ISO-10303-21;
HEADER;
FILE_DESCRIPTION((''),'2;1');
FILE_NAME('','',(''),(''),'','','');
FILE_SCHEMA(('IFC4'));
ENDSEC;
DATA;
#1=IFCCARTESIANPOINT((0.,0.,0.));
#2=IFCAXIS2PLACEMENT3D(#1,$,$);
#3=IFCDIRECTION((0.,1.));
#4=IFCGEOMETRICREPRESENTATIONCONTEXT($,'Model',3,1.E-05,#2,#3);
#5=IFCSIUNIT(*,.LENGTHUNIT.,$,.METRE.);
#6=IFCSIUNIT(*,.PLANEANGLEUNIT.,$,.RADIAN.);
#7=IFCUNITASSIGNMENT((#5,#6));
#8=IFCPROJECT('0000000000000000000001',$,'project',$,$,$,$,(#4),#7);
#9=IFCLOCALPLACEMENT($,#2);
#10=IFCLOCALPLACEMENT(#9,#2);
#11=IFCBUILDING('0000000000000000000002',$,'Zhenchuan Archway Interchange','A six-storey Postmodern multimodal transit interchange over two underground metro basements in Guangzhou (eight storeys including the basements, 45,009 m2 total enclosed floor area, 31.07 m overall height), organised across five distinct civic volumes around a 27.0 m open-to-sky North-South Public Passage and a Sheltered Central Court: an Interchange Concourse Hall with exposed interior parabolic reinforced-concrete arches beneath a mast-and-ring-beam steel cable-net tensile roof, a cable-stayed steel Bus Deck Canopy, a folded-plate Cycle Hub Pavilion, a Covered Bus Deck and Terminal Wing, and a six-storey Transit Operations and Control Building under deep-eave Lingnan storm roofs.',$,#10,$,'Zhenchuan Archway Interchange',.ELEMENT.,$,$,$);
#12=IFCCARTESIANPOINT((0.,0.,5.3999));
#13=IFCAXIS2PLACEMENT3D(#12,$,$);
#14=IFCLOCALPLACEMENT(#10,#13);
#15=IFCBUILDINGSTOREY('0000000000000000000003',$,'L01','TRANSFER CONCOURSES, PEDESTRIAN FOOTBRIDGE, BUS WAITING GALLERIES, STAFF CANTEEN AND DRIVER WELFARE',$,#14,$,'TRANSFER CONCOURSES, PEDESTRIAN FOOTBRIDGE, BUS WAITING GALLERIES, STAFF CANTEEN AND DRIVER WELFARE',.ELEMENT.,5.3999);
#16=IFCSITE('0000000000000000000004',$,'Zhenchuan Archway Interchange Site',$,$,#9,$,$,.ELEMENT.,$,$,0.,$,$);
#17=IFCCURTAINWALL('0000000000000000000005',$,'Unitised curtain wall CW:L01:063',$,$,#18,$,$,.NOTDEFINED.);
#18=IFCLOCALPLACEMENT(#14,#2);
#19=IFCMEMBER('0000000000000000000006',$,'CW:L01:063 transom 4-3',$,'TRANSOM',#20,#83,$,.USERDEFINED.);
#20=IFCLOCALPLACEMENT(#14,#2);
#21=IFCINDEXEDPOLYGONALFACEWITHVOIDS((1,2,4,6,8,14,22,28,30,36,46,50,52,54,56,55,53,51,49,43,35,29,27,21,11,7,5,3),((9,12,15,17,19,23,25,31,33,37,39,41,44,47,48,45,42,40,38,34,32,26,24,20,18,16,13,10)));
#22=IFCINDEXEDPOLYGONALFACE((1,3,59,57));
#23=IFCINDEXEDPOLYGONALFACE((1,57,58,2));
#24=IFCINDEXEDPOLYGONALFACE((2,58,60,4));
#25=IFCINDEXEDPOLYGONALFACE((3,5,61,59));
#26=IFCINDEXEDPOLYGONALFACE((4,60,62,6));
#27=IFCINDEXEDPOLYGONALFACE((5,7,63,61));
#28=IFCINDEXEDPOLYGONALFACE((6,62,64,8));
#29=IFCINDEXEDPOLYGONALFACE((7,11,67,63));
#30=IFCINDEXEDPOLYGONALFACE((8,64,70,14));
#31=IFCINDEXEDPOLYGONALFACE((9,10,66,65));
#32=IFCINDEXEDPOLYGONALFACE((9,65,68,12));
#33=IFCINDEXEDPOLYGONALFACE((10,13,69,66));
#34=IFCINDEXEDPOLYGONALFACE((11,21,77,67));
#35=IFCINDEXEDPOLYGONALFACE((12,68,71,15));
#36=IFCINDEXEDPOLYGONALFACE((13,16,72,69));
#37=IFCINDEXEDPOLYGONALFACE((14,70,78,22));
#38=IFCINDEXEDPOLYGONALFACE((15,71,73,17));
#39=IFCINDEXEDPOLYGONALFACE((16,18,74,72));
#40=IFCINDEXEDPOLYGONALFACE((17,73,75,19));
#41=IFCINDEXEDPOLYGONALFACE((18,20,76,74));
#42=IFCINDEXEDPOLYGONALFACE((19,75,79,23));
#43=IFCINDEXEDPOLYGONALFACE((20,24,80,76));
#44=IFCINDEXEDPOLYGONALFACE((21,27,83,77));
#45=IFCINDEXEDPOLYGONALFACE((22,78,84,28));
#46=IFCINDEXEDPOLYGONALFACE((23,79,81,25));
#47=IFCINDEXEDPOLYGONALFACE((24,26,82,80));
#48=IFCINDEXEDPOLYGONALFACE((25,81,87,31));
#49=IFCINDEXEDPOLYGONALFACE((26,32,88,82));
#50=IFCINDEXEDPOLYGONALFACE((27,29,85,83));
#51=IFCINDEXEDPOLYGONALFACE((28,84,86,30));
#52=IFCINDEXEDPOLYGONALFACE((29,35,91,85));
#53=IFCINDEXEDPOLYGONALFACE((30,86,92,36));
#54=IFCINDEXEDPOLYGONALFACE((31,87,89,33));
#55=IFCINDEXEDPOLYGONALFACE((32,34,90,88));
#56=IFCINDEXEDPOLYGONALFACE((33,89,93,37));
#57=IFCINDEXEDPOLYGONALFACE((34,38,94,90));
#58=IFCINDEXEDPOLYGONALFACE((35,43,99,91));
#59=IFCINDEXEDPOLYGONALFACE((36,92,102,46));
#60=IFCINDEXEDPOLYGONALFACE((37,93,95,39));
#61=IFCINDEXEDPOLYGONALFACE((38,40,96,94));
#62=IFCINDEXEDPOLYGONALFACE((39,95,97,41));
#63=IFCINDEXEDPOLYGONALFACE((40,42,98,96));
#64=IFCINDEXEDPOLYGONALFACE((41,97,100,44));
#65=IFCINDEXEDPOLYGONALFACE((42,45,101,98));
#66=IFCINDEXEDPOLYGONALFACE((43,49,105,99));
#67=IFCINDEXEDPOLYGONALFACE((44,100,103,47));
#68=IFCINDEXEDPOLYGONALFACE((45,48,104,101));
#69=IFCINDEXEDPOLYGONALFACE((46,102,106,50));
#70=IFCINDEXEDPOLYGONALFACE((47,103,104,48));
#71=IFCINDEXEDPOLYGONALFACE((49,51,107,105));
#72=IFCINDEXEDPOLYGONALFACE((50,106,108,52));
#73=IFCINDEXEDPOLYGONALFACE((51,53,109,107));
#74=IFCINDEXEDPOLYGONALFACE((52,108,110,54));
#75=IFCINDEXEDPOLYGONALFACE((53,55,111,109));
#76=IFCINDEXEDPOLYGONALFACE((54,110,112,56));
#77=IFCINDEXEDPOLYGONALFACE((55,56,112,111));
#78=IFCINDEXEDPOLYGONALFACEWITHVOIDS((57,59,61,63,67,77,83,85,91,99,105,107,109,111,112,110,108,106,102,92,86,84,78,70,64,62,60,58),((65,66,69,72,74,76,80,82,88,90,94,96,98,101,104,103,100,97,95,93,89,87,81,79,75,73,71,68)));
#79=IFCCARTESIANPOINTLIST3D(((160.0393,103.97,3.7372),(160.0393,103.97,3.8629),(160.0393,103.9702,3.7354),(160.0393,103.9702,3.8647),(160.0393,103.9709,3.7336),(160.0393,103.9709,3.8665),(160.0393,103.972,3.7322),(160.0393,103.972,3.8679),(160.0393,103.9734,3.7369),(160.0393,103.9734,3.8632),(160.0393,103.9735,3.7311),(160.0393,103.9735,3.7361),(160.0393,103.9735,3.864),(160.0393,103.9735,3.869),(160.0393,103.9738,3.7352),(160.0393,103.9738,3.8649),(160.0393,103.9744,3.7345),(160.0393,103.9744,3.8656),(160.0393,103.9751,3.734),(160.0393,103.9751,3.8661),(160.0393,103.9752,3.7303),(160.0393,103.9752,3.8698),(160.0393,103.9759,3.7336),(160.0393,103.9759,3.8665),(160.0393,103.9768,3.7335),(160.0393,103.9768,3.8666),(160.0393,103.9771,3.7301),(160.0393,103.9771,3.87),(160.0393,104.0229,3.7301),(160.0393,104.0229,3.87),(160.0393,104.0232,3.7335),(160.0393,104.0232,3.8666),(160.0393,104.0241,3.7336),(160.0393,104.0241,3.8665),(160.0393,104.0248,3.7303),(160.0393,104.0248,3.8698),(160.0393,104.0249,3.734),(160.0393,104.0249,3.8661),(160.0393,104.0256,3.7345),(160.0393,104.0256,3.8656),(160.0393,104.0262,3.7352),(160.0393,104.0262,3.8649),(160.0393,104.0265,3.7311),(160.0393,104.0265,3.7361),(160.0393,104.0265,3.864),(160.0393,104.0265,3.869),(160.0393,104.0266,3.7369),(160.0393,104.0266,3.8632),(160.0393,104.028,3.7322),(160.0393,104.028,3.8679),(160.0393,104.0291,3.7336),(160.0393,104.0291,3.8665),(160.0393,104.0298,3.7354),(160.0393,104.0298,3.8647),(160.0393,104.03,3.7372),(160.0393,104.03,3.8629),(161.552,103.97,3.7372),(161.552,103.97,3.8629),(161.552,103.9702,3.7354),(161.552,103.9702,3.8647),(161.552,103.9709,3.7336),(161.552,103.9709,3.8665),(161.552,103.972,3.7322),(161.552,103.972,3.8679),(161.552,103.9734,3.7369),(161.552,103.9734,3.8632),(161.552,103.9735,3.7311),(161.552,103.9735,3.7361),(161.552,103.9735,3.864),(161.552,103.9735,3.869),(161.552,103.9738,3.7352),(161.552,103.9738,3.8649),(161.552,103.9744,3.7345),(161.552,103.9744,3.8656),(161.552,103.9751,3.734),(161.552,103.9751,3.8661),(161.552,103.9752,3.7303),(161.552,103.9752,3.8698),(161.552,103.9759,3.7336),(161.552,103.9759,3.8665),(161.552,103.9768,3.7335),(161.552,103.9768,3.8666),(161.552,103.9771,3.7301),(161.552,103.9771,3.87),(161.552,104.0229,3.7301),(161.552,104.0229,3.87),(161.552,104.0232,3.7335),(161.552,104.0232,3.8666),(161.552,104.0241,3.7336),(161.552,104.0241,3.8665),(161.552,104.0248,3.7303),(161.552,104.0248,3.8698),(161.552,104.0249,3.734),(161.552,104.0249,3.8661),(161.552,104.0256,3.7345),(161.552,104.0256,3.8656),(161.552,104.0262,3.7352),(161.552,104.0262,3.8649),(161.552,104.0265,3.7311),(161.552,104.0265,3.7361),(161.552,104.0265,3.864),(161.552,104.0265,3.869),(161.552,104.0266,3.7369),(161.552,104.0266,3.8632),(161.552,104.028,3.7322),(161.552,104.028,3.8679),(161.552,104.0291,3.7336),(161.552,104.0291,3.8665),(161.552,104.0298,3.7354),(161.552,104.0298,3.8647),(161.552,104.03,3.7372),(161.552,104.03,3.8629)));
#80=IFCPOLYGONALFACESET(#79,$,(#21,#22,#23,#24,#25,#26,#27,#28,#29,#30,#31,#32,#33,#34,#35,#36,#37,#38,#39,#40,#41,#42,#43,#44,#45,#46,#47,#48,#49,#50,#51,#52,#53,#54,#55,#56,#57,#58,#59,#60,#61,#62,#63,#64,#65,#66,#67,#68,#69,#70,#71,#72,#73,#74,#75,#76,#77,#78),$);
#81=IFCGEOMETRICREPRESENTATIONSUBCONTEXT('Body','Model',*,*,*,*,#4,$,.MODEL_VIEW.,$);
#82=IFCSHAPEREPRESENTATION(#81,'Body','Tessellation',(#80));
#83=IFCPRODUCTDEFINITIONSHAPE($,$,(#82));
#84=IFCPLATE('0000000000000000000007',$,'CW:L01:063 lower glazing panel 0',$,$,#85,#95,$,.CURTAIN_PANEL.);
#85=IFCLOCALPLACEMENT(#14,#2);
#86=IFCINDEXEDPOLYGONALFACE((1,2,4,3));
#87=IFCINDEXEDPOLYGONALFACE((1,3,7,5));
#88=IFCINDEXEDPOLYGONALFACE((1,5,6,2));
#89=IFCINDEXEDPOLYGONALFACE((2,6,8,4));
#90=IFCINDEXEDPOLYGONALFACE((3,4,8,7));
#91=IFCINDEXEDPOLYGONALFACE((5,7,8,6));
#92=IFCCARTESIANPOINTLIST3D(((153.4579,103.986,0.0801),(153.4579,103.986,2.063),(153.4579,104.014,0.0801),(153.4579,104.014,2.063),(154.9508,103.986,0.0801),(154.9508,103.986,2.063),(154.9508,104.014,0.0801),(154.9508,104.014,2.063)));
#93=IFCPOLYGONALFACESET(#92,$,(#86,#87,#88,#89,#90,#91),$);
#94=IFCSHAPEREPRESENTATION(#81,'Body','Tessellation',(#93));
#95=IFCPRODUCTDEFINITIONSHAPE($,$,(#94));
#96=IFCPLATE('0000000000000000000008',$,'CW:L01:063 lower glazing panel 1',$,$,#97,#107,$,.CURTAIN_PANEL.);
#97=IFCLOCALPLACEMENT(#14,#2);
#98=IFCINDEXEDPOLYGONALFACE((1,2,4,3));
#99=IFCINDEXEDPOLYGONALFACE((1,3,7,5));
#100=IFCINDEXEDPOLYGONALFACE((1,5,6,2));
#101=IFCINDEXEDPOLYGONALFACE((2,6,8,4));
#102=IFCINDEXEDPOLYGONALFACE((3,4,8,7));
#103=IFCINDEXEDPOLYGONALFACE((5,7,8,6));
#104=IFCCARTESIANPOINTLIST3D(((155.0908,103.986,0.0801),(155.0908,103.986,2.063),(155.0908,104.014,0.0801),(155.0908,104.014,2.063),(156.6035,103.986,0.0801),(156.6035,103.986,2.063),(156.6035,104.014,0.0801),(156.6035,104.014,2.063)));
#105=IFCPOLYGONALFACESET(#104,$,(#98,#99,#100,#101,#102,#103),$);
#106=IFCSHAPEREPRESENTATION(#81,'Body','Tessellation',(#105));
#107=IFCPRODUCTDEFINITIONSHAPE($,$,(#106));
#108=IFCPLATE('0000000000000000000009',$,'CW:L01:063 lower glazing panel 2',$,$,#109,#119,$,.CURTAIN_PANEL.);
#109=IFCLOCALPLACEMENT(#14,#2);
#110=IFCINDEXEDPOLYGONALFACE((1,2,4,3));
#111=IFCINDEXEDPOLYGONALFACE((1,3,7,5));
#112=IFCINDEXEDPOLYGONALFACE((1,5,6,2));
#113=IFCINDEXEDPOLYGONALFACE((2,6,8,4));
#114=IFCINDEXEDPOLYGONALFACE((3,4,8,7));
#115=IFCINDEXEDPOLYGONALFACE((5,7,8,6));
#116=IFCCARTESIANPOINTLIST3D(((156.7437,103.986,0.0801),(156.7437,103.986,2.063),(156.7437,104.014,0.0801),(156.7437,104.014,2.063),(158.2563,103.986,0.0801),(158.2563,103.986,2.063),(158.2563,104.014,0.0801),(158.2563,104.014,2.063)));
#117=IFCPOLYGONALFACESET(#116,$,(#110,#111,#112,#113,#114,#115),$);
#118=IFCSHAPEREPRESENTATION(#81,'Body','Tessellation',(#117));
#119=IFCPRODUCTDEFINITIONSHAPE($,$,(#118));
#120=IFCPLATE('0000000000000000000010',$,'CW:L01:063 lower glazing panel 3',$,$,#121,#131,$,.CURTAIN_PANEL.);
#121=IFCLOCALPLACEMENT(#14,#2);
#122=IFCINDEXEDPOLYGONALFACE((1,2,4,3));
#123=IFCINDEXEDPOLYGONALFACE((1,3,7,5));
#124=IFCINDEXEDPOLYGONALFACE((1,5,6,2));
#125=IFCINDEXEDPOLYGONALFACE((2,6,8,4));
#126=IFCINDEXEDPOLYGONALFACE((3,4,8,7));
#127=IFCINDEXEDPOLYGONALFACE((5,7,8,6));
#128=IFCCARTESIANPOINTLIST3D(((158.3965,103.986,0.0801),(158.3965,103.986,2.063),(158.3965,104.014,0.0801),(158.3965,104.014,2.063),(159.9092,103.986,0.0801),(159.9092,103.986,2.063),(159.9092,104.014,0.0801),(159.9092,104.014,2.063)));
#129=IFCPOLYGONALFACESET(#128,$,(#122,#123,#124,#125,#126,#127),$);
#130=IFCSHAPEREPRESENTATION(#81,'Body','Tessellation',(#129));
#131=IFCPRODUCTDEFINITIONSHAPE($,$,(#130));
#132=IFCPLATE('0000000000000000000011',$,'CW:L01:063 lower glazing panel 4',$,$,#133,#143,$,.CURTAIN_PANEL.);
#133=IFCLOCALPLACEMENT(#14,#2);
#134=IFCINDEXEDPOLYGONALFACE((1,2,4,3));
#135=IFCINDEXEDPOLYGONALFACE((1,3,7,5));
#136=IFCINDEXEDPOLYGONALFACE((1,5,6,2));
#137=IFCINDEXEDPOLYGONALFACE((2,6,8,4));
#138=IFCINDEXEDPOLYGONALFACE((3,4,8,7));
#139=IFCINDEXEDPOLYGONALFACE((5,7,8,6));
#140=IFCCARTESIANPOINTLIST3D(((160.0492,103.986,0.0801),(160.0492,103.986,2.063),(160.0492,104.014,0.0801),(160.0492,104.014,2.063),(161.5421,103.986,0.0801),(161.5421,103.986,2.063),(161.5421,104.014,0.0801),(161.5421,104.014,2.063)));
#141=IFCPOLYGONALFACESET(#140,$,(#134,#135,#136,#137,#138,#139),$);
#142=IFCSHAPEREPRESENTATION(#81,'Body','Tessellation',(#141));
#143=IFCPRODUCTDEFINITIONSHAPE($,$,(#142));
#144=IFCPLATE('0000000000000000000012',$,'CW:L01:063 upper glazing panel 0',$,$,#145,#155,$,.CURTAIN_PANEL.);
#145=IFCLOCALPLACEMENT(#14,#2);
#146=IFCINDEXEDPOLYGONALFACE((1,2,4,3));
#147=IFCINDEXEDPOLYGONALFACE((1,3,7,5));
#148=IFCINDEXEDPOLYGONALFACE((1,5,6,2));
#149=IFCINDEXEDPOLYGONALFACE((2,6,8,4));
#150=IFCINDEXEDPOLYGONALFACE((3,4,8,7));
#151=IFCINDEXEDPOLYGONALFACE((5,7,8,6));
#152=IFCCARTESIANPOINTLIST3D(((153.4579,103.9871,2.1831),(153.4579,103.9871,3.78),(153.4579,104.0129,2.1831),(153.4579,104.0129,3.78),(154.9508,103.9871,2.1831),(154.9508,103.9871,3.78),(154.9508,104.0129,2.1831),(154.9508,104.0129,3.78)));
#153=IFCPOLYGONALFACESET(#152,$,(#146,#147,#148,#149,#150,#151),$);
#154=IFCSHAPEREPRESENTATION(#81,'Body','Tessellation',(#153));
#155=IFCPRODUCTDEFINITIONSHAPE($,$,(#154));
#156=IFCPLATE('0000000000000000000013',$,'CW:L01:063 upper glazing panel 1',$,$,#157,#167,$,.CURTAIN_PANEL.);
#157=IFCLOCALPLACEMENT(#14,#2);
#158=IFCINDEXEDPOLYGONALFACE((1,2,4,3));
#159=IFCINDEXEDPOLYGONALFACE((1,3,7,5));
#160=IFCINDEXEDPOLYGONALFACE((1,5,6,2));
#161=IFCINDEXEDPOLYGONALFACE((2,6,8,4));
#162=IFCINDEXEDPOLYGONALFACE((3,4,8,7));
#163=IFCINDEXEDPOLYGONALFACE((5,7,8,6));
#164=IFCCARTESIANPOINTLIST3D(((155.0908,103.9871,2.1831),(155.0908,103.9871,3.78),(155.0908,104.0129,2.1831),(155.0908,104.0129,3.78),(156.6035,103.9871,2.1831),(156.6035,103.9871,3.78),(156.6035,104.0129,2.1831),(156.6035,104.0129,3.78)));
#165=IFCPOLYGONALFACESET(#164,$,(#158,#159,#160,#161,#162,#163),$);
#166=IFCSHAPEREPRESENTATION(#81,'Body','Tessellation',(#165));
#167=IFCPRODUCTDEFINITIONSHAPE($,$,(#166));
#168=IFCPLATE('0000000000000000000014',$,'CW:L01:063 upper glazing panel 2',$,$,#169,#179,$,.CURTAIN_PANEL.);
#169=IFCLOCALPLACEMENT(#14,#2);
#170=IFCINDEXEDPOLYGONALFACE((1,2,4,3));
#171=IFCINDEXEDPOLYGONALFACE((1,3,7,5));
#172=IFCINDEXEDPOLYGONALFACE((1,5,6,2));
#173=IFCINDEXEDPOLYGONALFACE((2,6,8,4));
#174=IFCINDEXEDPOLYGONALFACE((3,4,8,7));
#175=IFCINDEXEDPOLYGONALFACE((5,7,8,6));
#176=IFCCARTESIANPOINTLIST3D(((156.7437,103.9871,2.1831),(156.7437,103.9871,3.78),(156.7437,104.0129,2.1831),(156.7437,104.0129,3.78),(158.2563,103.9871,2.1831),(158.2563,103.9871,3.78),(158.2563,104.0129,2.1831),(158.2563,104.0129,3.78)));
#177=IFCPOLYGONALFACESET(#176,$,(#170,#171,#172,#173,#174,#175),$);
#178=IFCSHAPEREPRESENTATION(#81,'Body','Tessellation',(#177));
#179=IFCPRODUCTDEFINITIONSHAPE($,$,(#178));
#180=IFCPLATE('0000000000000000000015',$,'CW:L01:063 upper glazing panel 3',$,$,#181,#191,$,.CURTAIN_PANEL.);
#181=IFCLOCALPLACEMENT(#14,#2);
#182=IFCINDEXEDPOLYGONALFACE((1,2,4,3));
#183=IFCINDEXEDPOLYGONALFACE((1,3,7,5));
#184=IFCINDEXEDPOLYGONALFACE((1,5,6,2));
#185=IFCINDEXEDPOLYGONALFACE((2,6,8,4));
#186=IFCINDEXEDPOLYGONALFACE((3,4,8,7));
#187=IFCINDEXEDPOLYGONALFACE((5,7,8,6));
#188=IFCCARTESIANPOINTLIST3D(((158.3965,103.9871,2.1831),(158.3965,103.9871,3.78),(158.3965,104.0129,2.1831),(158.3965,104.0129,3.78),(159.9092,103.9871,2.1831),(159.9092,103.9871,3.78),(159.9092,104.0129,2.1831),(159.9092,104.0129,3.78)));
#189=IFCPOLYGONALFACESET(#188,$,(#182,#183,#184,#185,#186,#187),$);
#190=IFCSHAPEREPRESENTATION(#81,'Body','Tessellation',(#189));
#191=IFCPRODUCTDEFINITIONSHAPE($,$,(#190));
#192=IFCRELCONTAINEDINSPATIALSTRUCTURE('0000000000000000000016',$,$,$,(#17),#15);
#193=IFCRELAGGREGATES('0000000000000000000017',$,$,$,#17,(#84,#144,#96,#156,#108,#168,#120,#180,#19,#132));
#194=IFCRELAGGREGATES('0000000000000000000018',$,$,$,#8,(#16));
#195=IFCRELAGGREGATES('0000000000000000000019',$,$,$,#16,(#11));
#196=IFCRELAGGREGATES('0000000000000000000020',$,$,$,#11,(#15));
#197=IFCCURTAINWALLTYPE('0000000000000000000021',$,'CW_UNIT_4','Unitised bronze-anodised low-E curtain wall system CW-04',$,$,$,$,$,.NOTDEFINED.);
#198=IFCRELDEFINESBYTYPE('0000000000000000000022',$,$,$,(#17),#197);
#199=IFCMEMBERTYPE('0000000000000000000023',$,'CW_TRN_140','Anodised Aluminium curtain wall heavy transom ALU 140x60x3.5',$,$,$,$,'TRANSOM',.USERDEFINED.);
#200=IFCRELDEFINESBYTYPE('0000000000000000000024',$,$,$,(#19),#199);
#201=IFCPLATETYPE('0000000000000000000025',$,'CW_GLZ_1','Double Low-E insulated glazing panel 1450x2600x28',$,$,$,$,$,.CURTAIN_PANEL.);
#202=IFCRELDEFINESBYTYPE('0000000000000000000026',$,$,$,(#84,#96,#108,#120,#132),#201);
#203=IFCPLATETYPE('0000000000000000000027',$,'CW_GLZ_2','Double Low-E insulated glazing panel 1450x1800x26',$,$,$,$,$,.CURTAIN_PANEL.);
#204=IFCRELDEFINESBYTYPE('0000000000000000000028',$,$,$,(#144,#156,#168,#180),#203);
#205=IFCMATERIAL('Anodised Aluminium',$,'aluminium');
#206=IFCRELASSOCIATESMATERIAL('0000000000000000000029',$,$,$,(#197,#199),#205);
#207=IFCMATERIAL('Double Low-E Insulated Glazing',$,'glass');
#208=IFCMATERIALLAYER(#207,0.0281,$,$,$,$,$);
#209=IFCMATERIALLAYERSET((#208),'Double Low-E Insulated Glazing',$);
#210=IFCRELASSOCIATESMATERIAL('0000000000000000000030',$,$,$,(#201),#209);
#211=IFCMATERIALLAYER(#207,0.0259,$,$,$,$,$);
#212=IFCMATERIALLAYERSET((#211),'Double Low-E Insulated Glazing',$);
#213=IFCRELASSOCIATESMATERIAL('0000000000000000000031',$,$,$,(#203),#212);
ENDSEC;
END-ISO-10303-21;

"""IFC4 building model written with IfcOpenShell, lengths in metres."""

from ifc_helpers import new_model, si_unit, direction, frame, origin, origin_2d, place, context, subcontext, project, spatial, rectangle, hollow_rectangle, extrude, material, layer, layer_set, material_profile, profile_set, type_object, element, aggregate, save


model = new_model("IFC4")

# Units and contexts
model_context = context("Model", 3, precision=1e-05, world=origin(), true_north=direction((0.0, 1.0)))
body_context = subcontext(model_context, "Body", "Model", "MODEL_VIEW")
ifc_project = project(units=[si_unit("LENGTHUNIT", "METRE"), si_unit("PLANEANGLEUNIT", "RADIAN")], contexts=[model_context])

# Site, building, storey
site_placement = place(None, origin())
site = spatial("IfcSite", under=ifc_project, at=site_placement, Name="Zhenchuan Archway Interchange Site", CompositionType="ELEMENT", RefElevation=0.0)
building_placement = place(site_placement, origin())
building = spatial("IfcBuilding", under=site, at=building_placement, Name="Zhenchuan Archway Interchange", Description="A six-storey Postmodern multimodal transit interchange over two underground metro basements in Guangzhou (eight storeys including the basements, 45,009 m2 total enclosed floor area, 31.07 m overall height), organised across five distinct civic volumes around a 27.0 m open-to-sky North-South Public Passage and a Sheltered Central Court: an Interchange Concourse Hall with exposed interior parabolic reinforced-concrete arches beneath a mast-and-ring-beam steel cable-net tensile roof, a cable-stayed steel Bus Deck Canopy, a folded-plate Cycle Hub Pavilion, a Covered Bus Deck and Terminal Wing, and a six-storey Transit Operations and Control Building under deep-eave Lingnan storm roofs.", LongName="Zhenchuan Archway Interchange", CompositionType="ELEMENT")
storey_placement = place(building_placement, frame((0.0, 0.0, 5.3999)))
storey = spatial("IfcBuildingStorey", under=building, at=storey_placement, Name="L01", Description="TRANSFER CONCOURSES, PEDESTRIAN FOOTBRIDGE, BUS WAITING GALLERIES, STAFF CANTEEN AND DRIVER WELFARE", LongName="TRANSFER CONCOURSES, PEDESTRIAN FOOTBRIDGE, BUS WAITING GALLERIES, STAFF CANTEEN AND DRIVER WELFARE", CompositionType="ELEMENT", Elevation=5.3999)

# Curtain wall, member, plates
ifc_material_1 = material(Name="Anodised Aluminium", Category="aluminium")
curtain_wall_type = type_object("IfcCurtainWallType", Name="CW_UNIT_4", Description="Unitised bronze-anodised low-E curtain wall system CW-04", PredefinedType="NOTDEFINED", material=ifc_material_1)
curtain_wall_placement = place(storey_placement, origin())
curtain_wall = element("IfcCurtainWall", 1, at=curtain_wall_placement, inside=storey, type_object=curtain_wall_type, Name="Unitised curtain wall CW:L01:063", PredefinedType="NOTDEFINED")
ifc_material_profile_1 = material_profile(ifc_material_1, hollow_rectangle(XDim=0.0601, YDim=0.1399, WallThickness=0.0034, InnerFilletRadius=0.0034, OuterFilletRadius=0.0071, at=origin_2d()), Name="ALU 140x60x3.5")
ifc_profile_set_1 = profile_set([ifc_material_profile_1], Name="Anodised Aluminium")
member_type_1 = type_object("IfcMemberType", Name="CW_TRN_140", Description="Anodised Aluminium curtain wall heavy transom ALU 140x60x3.5", ElementType="TRANSOM", PredefinedType="USERDEFINED", material=ifc_profile_set_1)
member_1_placement = place(storey_placement, frame((160.0393, 104.0, 3.8), z_axis=(1.0, 0.0, 0.0), x_axis=(0.0, 1.0, 0.0)))
member_1 = element("IfcMember", 2, at=member_1_placement, type_object=member_type_1, Name="CW:L01:063 transom 4-3", ObjectType="TRANSOM", PredefinedType="USERDEFINED", context=body_context, shape_type="SweptSolid", body=[
    extrude(hollow_rectangle(XDim=0.0601, YDim=0.1399, WallThickness=0.0034, InnerFilletRadius=0.0034, OuterFilletRadius=0.0071, at=origin_2d()), origin(), (0.0, 0.0, 1.0), 1.5127),
])
ifc_material_2 = material(Name="Double Low-E Insulated Glazing", Category="glass")
ifc_layer_1 = layer(ifc_material_2, 0.0281)
ifc_layer_set_1 = layer_set([ifc_layer_1], Name="Double Low-E Insulated Glazing")
plate_type_1 = type_object("IfcPlateType", Name="CW_GLZ_1", Description="Double Low-E insulated glazing panel 1450x2600x28", PredefinedType="CURTAIN_PANEL", material=ifc_layer_set_1)
plate_1_placement = place(storey_placement, frame((154.2043, 104.0, 0.0801), z_axis=(0.0, 0.0, 1.0), x_axis=(1.0, 0.0, 0.0)))
plate_1 = element("IfcPlate", 3, at=plate_1_placement, type_object=plate_type_1, Name="CW:L01:063 lower glazing panel 0", PredefinedType="CURTAIN_PANEL", context=body_context, shape_type="SweptSolid", body=[
    extrude(rectangle(XDim=1.4929, YDim=0.0281, at=origin_2d()), origin(), (0.0, 0.0, 1.0), 1.9829),
])
plate_2_placement = place(storey_placement, frame((155.8472, 104.0, 0.0801), z_axis=(0.0, 0.0, 1.0), x_axis=(1.0, 0.0, 0.0)))
plate_2 = element("IfcPlate", 4, at=plate_2_placement, type_object=plate_type_1, Name="CW:L01:063 lower glazing panel 1", PredefinedType="CURTAIN_PANEL", context=body_context, shape_type="SweptSolid", body=[
    extrude(rectangle(XDim=1.5127, YDim=0.0281, at=origin_2d()), origin(), (0.0, 0.0, 1.0), 1.9829),
])
plate_3_placement = place(storey_placement, frame((157.5, 104.0, 0.0801), z_axis=(0.0, 0.0, 1.0), x_axis=(1.0, 0.0, 0.0)))
plate_3 = element("IfcPlate", 5, at=plate_3_placement, type_object=plate_type_1, Name="CW:L01:063 lower glazing panel 2", PredefinedType="CURTAIN_PANEL", context=body_context, shape_type="SweptSolid", body=[
    extrude(rectangle(XDim=1.5127, YDim=0.0281, at=origin_2d()), origin(), (0.0, 0.0, 1.0), 1.9829),
])
plate_4_placement = place(storey_placement, frame((159.1528, 104.0, 0.0801), z_axis=(0.0, 0.0, 1.0), x_axis=(1.0, 0.0, 0.0)))
plate_4 = element("IfcPlate", 6, at=plate_4_placement, type_object=plate_type_1, Name="CW:L01:063 lower glazing panel 3", PredefinedType="CURTAIN_PANEL", context=body_context, shape_type="SweptSolid", body=[
    extrude(rectangle(XDim=1.5127, YDim=0.0281, at=origin_2d()), origin(), (0.0, 0.0, 1.0), 1.9829),
])
plate_5_placement = place(storey_placement, frame((160.7957, 104.0, 0.0801), z_axis=(0.0, 0.0, 1.0), x_axis=(1.0, 0.0, 0.0)))
plate_5 = element("IfcPlate", 7, at=plate_5_placement, type_object=plate_type_1, Name="CW:L01:063 lower glazing panel 4", PredefinedType="CURTAIN_PANEL", context=body_context, shape_type="SweptSolid", body=[
    extrude(rectangle(XDim=1.4929, YDim=0.0281, at=origin_2d()), origin(), (0.0, 0.0, 1.0), 1.9829),
])
ifc_layer_2 = layer(ifc_material_2, 0.0259)
ifc_layer_set_2 = layer_set([ifc_layer_2], Name="Double Low-E Insulated Glazing")
plate_type_2 = type_object("IfcPlateType", Name="CW_GLZ_2", Description="Double Low-E insulated glazing panel 1450x1800x26", PredefinedType="CURTAIN_PANEL", material=ifc_layer_set_2)
plate_6_placement = place(storey_placement, frame((154.2043, 104.0, 2.1831), z_axis=(0.0, 0.0, 1.0), x_axis=(1.0, 0.0, 0.0)))
plate_6 = element("IfcPlate", 8, at=plate_6_placement, type_object=plate_type_2, Name="CW:L01:063 upper glazing panel 0", PredefinedType="CURTAIN_PANEL", context=body_context, shape_type="SweptSolid", body=[
    extrude(rectangle(XDim=1.4929, YDim=0.0259, at=origin_2d()), origin(), (0.0, 0.0, 1.0), 1.5969),
])
plate_7_placement = place(storey_placement, frame((155.8472, 104.0, 2.1831), z_axis=(0.0, 0.0, 1.0), x_axis=(1.0, 0.0, 0.0)))
plate_7 = element("IfcPlate", 9, at=plate_7_placement, type_object=plate_type_2, Name="CW:L01:063 upper glazing panel 1", PredefinedType="CURTAIN_PANEL", context=body_context, shape_type="SweptSolid", body=[
    extrude(rectangle(XDim=1.5127, YDim=0.0259, at=origin_2d()), origin(), (0.0, 0.0, 1.0), 1.5969),
])
plate_8_placement = place(storey_placement, frame((157.5, 104.0, 2.1831), z_axis=(0.0, 0.0, 1.0), x_axis=(1.0, 0.0, 0.0)))
plate_8 = element("IfcPlate", 10, at=plate_8_placement, type_object=plate_type_2, Name="CW:L01:063 upper glazing panel 2", PredefinedType="CURTAIN_PANEL", context=body_context, shape_type="SweptSolid", body=[
    extrude(rectangle(XDim=1.5127, YDim=0.0259, at=origin_2d()), origin(), (0.0, 0.0, 1.0), 1.5969),
])
plate_9_placement = place(storey_placement, frame((159.1528, 104.0, 2.1831), z_axis=(0.0, 0.0, 1.0), x_axis=(1.0, 0.0, 0.0)))
plate_9 = element("IfcPlate", 11, at=plate_9_placement, type_object=plate_type_2, Name="CW:L01:063 upper glazing panel 3", PredefinedType="CURTAIN_PANEL", context=body_context, shape_type="SweptSolid", body=[
    extrude(rectangle(XDim=1.5127, YDim=0.0259, at=origin_2d()), origin(), (0.0, 0.0, 1.0), 1.5969),
])
aggregate(curtain_wall, [plate_1, plate_6, plate_2, plate_7, plate_3, plate_8, plate_4, plate_9, member_1, plate_5])

save(model, "model.ifc")
